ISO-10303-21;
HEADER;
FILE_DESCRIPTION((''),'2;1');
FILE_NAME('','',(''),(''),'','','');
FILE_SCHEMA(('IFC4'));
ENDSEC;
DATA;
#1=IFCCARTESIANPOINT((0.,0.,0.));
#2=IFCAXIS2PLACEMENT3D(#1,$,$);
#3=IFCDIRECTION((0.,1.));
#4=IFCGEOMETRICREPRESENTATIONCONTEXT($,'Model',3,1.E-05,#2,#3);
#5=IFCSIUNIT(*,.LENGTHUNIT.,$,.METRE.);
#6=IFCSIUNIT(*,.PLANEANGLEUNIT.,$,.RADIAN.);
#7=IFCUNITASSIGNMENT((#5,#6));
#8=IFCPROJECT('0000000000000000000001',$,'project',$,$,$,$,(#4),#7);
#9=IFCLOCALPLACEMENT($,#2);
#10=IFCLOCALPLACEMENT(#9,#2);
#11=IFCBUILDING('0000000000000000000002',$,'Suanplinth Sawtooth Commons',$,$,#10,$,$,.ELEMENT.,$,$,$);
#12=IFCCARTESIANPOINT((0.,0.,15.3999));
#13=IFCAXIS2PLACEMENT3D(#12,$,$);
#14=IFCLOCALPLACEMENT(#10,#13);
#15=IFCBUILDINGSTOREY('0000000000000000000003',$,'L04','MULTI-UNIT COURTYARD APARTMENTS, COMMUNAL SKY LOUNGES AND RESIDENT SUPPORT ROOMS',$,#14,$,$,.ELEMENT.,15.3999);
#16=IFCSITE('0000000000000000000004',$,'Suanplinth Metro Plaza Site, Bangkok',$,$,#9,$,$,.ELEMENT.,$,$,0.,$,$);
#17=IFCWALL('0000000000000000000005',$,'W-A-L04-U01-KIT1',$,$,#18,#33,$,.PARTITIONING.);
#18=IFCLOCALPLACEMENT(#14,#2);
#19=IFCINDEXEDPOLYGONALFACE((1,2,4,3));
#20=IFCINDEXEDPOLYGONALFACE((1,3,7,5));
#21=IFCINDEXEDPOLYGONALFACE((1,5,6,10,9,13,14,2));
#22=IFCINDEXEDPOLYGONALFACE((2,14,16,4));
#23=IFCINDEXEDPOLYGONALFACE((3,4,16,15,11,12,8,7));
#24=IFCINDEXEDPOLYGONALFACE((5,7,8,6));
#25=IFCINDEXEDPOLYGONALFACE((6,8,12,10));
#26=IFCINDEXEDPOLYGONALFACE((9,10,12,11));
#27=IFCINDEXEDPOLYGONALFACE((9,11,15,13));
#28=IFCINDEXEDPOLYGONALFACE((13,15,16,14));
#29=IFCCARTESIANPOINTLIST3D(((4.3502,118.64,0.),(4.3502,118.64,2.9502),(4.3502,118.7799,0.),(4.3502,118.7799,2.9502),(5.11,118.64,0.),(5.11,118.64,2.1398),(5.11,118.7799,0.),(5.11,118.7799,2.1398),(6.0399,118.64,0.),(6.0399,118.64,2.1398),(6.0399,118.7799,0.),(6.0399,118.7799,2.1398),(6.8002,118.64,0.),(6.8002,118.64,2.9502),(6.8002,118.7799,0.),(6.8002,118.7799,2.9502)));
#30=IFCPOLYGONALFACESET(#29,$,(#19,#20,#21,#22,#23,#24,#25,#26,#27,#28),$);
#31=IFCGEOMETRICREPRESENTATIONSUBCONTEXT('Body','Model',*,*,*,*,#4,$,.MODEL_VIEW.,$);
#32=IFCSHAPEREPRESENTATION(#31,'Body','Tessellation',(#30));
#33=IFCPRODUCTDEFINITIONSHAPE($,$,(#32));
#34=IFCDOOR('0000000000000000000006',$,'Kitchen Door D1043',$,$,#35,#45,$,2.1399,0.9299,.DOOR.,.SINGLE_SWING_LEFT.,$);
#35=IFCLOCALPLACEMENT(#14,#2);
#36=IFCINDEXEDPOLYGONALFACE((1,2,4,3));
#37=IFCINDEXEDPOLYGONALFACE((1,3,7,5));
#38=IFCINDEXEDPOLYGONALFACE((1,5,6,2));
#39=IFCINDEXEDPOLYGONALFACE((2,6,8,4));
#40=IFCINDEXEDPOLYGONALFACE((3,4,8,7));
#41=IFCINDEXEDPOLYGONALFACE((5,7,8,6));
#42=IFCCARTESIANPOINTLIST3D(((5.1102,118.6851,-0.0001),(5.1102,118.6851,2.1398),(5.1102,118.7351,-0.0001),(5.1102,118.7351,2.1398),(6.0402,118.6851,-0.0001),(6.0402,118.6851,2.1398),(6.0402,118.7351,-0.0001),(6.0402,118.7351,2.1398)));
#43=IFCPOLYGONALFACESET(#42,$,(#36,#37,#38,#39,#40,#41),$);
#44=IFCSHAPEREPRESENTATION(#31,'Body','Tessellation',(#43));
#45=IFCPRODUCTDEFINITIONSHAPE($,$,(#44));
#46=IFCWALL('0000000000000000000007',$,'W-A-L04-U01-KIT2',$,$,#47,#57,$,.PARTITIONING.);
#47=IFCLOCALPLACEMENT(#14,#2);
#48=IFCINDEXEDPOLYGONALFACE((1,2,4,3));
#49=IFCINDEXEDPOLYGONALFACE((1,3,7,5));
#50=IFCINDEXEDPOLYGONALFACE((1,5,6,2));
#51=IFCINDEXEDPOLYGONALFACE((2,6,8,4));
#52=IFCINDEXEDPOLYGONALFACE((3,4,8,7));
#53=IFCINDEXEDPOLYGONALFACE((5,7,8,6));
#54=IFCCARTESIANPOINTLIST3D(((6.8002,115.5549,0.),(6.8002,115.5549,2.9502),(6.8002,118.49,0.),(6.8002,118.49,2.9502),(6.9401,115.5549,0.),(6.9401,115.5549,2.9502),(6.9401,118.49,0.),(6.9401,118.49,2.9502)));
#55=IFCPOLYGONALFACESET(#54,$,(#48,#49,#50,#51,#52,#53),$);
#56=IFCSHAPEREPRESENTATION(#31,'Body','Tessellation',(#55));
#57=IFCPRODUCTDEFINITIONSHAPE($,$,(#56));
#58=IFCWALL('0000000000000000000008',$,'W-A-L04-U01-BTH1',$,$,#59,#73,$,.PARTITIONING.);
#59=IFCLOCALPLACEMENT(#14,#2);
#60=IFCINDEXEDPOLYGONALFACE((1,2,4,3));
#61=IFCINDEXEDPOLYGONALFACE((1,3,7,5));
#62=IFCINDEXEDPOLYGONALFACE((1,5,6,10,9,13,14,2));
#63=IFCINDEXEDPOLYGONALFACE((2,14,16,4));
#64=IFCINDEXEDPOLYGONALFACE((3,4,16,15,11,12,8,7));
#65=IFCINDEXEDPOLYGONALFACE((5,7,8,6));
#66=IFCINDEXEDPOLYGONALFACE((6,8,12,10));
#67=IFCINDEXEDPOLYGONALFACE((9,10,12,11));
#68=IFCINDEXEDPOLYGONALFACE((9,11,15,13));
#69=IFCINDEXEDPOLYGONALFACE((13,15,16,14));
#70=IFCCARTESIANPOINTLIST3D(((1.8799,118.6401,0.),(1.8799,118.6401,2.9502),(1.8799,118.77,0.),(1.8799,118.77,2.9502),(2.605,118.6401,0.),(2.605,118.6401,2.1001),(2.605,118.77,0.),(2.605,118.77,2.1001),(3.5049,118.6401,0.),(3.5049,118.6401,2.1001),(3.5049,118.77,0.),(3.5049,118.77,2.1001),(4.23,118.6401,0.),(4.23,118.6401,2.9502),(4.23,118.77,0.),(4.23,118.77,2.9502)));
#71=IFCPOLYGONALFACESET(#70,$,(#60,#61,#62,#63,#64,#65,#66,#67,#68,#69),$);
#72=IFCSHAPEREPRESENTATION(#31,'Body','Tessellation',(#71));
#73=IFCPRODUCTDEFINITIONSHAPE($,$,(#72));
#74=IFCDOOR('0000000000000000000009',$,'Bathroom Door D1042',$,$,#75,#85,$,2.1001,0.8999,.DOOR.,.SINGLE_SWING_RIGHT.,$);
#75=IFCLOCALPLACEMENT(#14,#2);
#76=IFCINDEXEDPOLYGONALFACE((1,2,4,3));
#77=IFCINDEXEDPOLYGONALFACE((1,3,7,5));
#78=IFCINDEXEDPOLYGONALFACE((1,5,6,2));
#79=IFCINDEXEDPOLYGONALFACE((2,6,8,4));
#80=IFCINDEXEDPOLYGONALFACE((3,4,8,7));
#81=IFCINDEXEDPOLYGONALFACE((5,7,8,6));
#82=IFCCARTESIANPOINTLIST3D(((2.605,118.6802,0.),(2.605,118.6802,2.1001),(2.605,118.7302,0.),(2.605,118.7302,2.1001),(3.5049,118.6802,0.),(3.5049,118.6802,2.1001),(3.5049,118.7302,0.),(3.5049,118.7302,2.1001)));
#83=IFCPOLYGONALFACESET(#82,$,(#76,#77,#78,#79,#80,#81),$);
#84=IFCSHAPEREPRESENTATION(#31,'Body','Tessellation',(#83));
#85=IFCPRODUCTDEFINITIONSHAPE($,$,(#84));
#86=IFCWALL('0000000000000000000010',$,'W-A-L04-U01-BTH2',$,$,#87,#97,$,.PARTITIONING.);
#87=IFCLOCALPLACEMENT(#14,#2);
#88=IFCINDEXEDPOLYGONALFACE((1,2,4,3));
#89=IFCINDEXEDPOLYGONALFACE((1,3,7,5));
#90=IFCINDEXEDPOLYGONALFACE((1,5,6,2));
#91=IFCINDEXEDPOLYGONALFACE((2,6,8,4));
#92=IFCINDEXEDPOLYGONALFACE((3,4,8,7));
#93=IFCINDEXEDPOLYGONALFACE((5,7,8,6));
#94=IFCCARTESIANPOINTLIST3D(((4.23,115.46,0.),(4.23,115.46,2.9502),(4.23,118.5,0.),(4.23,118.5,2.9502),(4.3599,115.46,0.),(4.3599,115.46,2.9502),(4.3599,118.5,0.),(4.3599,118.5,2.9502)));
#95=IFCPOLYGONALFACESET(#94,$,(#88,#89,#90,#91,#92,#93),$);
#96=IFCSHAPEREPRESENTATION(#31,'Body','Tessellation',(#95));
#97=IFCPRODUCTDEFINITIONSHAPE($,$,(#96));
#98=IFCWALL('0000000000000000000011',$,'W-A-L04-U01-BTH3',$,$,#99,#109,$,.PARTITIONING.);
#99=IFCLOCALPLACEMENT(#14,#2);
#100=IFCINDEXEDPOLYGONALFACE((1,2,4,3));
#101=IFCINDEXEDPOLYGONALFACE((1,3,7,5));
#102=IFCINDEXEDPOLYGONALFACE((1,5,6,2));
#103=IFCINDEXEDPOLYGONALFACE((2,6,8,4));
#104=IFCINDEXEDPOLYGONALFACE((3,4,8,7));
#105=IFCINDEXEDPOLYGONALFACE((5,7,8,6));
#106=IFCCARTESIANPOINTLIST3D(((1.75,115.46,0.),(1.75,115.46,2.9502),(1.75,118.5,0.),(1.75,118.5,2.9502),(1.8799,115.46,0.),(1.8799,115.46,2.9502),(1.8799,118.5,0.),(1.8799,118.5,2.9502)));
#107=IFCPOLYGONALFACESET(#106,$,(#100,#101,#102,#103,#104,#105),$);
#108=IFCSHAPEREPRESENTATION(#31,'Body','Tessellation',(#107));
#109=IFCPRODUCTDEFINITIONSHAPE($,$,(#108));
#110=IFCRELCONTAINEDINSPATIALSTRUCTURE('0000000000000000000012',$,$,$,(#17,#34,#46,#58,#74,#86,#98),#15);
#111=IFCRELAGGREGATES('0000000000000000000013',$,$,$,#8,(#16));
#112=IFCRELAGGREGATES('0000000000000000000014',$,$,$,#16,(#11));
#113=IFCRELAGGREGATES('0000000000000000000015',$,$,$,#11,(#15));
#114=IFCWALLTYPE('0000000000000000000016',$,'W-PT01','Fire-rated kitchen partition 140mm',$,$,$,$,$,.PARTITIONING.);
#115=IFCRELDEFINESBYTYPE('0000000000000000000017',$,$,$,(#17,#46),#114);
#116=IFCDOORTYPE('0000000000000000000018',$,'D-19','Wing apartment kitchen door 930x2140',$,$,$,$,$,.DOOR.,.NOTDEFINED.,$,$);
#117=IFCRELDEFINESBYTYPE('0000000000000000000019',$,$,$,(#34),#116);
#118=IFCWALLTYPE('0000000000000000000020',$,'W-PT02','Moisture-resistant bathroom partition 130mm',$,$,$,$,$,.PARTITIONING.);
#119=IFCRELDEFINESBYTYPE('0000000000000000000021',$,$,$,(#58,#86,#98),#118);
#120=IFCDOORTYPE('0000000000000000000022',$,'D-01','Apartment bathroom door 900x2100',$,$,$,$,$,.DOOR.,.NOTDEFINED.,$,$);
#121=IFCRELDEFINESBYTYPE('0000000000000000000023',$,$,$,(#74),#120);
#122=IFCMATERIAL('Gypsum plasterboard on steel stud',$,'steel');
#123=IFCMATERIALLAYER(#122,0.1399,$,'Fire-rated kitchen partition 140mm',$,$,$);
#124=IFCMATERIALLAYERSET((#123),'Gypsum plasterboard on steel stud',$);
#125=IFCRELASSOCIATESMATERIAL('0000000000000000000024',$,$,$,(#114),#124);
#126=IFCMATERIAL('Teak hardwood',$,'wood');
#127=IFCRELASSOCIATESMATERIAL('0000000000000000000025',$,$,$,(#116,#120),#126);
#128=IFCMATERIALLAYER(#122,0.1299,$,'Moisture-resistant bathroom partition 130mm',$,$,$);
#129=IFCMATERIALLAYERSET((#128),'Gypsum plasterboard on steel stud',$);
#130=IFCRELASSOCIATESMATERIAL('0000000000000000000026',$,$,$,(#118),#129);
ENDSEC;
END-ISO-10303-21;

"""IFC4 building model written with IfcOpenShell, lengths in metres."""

from ifc_helpers import new_model, si_unit, direction, frame, frame_2d, origin, place, context, subcontext, project, spatial, rectangle, extrude, material, layer, layer_set, type_object, element, fill, save


model = new_model("IFC4")

# Units and contexts
model_context = context("Model", 3, precision=1e-05, world=origin(), true_north=direction((0.0, 1.0)))
body_context = subcontext(model_context, "Body", "Model", "MODEL_VIEW")
ifc_project = project(units=[si_unit("LENGTHUNIT", "METRE"), si_unit("PLANEANGLEUNIT", "RADIAN")], contexts=[model_context])

# Site, building, storey
site_placement = place(None, origin())
site = spatial("IfcSite", under=ifc_project, at=site_placement, Name="Suanplinth Metro Plaza Site, Bangkok", CompositionType="ELEMENT", RefElevation=0.0)
building_placement = place(site_placement, origin())
building = spatial("IfcBuilding", under=site, at=building_placement, Name="Suanplinth Sawtooth Commons", CompositionType="ELEMENT")
storey_placement = place(building_placement, frame((0.0, 0.0, 15.3999)))
storey = spatial("IfcBuildingStorey", under=building, at=storey_placement, Name="L04", Description="MULTI-UNIT COURTYARD APARTMENTS, COMMUNAL SKY LOUNGES AND RESIDENT SUPPORT ROOMS", CompositionType="ELEMENT", Elevation=15.3999)

# Wall, opening, door
ifc_material_1 = material(Name="Teak hardwood", Category="wood")
ifc_material_2 = material(Name="Gypsum plasterboard on steel stud", Category="steel")
ifc_layer_1 = layer(ifc_material_2, 0.1399, Name="Fire-rated kitchen partition 140mm")
ifc_layer_set_1 = layer_set([ifc_layer_1], Name="Gypsum plasterboard on steel stud")
wall_type_1 = type_object("IfcWallType", Name="W-PT01", Description="Fire-rated kitchen partition 140mm", PredefinedType="PARTITIONING", material=ifc_layer_set_1)
wall_1_placement = place(storey_placement, frame((4.3501, 118.71, 0.0), z_axis=(0.0, 0.0, 1.0), x_axis=(1.0, 0.0, 0.0)))
wall_1 = element("IfcWall", 1, at=wall_1_placement, inside=storey, type_object=wall_type_1, Name="W-A-L04-U01-KIT1", PredefinedType="PARTITIONING", context=body_context, shape_type="SweptSolid", body=[
    extrude(rectangle(XDim=2.45, YDim=0.1399, at=frame_2d((1.2251, 0.0))), origin(), (0.0, 0.0, 1.0), 2.9502),
])
opening_1_placement = place(wall_1_placement, frame((0.76, 0.0, 0.0)))
opening_1 = element("IfcOpeningElement", 2, at=opening_1_placement, cuts=wall_1, PredefinedType="OPENING", context=body_context, shape_type="SweptSolid", body=[
    extrude(rectangle(XDim=0.9299, YDim=2.1399, at=frame_2d((0.4648, 1.0698))), frame((0.0, 0.085, 0.0), z_axis=(0.0, -1.0, 0.0), x_axis=(1.0, 0.0, 0.0)), (0.0, 0.0, 1.0), 0.1697),
])
door_type_1 = type_object("IfcDoorType", Name="D-19", Description="Wing apartment kitchen door 930x2140", OperationType="NOTDEFINED", PredefinedType="DOOR", material=ifc_material_1)
door_1_placement = place(opening_1_placement, frame((0.9299, 0.0, 0.0), z_axis=(0.0, 0.0, 1.0), x_axis=(-1.0, 0.0, 0.0)))
door_1 = element("IfcDoor", 3, at=door_1_placement, inside=storey, type_object=door_type_1, Name="Kitchen Door D1043", OperationType="SINGLE_SWING_LEFT", OverallHeight=2.1399, OverallWidth=0.9299, PredefinedType="DOOR", context=body_context, shape_type="SweptSolid", body=[
    extrude(rectangle(XDim=0.9299, YDim=2.1399, at=frame_2d((0.4648, 1.0698))), frame((0.0, 0.0249, 0.0), z_axis=(0.0, -1.0, 0.0), x_axis=(1.0, 0.0, 0.0)), (0.0, 0.0, 1.0), 0.05),
])
fill(opening_1, door_1)

# Wall
wall_2_placement = place(storey_placement, frame((6.8701, 115.5549, 0.0), z_axis=(0.0, 0.0, 1.0), x_axis=(0.0, 1.0, 0.0)))
element("IfcWall", 4, at=wall_2_placement, inside=storey, type_object=wall_type_1, Name="W-A-L04-U01-KIT2", PredefinedType="PARTITIONING", context=body_context, shape_type="SweptSolid", body=[
    extrude(rectangle(XDim=2.9351, YDim=0.1399, at=frame_2d((1.4675, 0.0))), origin(), (0.0, 0.0, 1.0), 2.9502),
])

# Wall, opening, door
ifc_layer_2 = layer(ifc_material_2, 0.1299, Name="Moisture-resistant bathroom partition 130mm")
ifc_layer_set_2 = layer_set([ifc_layer_2], Name="Gypsum plasterboard on steel stud")
wall_type_2 = type_object("IfcWallType", Name="W-PT02", Description="Moisture-resistant bathroom partition 130mm", PredefinedType="PARTITIONING", material=ifc_layer_set_2)
wall_3_placement = place(storey_placement, frame((1.8799, 118.7051, 0.0), z_axis=(0.0, 0.0, 1.0), x_axis=(1.0, 0.0, 0.0)))
wall_3 = element("IfcWall", 5, at=wall_3_placement, inside=storey, type_object=wall_type_2, Name="W-A-L04-U01-BTH1", PredefinedType="PARTITIONING", context=body_context, shape_type="SweptSolid", body=[
    extrude(rectangle(XDim=2.3501, YDim=0.1299, at=frame_2d((1.175, 0.0))), origin(), (0.0, 0.0, 1.0), 2.9502),
])
opening_2_placement = place(wall_3_placement, frame((0.7251, 0.0, 0.0)))
opening_2 = element("IfcOpeningElement", 6, at=opening_2_placement, cuts=wall_3, PredefinedType="OPENING", context=body_context, shape_type="SweptSolid", body=[
    extrude(rectangle(XDim=0.8999, YDim=2.1001, at=frame_2d((0.45, 1.05))), frame((0.0, 0.0798, 0.0), z_axis=(0.0, -1.0, 0.0), x_axis=(1.0, 0.0, 0.0)), (0.0, 0.0, 1.0), 0.1597),
])
door_type_2 = type_object("IfcDoorType", Name="D-01", Description="Apartment bathroom door 900x2100", OperationType="NOTDEFINED", PredefinedType="DOOR", material=ifc_material_1)
door_2_placement = place(opening_2_placement, frame((0.8999, 0.0, 0.0), z_axis=(0.0, 0.0, 1.0), x_axis=(-1.0, 0.0, 0.0)))
door_2 = element("IfcDoor", 7, at=door_2_placement, inside=storey, type_object=door_type_2, Name="Bathroom Door D1042", OperationType="SINGLE_SWING_RIGHT", OverallHeight=2.1001, OverallWidth=0.8999, PredefinedType="DOOR", context=body_context, shape_type="SweptSolid", body=[
    extrude(rectangle(XDim=0.8999, YDim=2.1001, at=frame_2d((0.45, 1.05))), frame((0.0, 0.0249, 0.0), z_axis=(0.0, -1.0, 0.0), x_axis=(1.0, 0.0, 0.0)), (0.0, 0.0, 1.0), 0.05),
])
fill(opening_2, door_2)

# Walls
for number, where, z_axis, x_axis, name in (
    (8, (4.2949, 115.46, 0.0), (0.0, 0.0, 1.0), (0.0, 1.0, 0.0), "W-A-L04-U01-BTH2"),
    (9, (1.8149, 115.46, 0.0), (0.0, 0.0, 1.0), (0.0, 1.0, 0.0), "W-A-L04-U01-BTH3"),
):
    element("IfcWall", number, at=place(storey_placement, frame(where, z_axis=z_axis, x_axis=x_axis)), inside=storey, type_object=wall_type_2, Name=name, PredefinedType="PARTITIONING", context=body_context, shape_type="SweptSolid", body=[
        extrude(rectangle(XDim=3.04, YDim=0.1299, at=frame_2d((1.52, 0.0))), origin(), (0.0, 0.0, 1.0), 2.9502),
    ])

save(model, "model.ifc")
